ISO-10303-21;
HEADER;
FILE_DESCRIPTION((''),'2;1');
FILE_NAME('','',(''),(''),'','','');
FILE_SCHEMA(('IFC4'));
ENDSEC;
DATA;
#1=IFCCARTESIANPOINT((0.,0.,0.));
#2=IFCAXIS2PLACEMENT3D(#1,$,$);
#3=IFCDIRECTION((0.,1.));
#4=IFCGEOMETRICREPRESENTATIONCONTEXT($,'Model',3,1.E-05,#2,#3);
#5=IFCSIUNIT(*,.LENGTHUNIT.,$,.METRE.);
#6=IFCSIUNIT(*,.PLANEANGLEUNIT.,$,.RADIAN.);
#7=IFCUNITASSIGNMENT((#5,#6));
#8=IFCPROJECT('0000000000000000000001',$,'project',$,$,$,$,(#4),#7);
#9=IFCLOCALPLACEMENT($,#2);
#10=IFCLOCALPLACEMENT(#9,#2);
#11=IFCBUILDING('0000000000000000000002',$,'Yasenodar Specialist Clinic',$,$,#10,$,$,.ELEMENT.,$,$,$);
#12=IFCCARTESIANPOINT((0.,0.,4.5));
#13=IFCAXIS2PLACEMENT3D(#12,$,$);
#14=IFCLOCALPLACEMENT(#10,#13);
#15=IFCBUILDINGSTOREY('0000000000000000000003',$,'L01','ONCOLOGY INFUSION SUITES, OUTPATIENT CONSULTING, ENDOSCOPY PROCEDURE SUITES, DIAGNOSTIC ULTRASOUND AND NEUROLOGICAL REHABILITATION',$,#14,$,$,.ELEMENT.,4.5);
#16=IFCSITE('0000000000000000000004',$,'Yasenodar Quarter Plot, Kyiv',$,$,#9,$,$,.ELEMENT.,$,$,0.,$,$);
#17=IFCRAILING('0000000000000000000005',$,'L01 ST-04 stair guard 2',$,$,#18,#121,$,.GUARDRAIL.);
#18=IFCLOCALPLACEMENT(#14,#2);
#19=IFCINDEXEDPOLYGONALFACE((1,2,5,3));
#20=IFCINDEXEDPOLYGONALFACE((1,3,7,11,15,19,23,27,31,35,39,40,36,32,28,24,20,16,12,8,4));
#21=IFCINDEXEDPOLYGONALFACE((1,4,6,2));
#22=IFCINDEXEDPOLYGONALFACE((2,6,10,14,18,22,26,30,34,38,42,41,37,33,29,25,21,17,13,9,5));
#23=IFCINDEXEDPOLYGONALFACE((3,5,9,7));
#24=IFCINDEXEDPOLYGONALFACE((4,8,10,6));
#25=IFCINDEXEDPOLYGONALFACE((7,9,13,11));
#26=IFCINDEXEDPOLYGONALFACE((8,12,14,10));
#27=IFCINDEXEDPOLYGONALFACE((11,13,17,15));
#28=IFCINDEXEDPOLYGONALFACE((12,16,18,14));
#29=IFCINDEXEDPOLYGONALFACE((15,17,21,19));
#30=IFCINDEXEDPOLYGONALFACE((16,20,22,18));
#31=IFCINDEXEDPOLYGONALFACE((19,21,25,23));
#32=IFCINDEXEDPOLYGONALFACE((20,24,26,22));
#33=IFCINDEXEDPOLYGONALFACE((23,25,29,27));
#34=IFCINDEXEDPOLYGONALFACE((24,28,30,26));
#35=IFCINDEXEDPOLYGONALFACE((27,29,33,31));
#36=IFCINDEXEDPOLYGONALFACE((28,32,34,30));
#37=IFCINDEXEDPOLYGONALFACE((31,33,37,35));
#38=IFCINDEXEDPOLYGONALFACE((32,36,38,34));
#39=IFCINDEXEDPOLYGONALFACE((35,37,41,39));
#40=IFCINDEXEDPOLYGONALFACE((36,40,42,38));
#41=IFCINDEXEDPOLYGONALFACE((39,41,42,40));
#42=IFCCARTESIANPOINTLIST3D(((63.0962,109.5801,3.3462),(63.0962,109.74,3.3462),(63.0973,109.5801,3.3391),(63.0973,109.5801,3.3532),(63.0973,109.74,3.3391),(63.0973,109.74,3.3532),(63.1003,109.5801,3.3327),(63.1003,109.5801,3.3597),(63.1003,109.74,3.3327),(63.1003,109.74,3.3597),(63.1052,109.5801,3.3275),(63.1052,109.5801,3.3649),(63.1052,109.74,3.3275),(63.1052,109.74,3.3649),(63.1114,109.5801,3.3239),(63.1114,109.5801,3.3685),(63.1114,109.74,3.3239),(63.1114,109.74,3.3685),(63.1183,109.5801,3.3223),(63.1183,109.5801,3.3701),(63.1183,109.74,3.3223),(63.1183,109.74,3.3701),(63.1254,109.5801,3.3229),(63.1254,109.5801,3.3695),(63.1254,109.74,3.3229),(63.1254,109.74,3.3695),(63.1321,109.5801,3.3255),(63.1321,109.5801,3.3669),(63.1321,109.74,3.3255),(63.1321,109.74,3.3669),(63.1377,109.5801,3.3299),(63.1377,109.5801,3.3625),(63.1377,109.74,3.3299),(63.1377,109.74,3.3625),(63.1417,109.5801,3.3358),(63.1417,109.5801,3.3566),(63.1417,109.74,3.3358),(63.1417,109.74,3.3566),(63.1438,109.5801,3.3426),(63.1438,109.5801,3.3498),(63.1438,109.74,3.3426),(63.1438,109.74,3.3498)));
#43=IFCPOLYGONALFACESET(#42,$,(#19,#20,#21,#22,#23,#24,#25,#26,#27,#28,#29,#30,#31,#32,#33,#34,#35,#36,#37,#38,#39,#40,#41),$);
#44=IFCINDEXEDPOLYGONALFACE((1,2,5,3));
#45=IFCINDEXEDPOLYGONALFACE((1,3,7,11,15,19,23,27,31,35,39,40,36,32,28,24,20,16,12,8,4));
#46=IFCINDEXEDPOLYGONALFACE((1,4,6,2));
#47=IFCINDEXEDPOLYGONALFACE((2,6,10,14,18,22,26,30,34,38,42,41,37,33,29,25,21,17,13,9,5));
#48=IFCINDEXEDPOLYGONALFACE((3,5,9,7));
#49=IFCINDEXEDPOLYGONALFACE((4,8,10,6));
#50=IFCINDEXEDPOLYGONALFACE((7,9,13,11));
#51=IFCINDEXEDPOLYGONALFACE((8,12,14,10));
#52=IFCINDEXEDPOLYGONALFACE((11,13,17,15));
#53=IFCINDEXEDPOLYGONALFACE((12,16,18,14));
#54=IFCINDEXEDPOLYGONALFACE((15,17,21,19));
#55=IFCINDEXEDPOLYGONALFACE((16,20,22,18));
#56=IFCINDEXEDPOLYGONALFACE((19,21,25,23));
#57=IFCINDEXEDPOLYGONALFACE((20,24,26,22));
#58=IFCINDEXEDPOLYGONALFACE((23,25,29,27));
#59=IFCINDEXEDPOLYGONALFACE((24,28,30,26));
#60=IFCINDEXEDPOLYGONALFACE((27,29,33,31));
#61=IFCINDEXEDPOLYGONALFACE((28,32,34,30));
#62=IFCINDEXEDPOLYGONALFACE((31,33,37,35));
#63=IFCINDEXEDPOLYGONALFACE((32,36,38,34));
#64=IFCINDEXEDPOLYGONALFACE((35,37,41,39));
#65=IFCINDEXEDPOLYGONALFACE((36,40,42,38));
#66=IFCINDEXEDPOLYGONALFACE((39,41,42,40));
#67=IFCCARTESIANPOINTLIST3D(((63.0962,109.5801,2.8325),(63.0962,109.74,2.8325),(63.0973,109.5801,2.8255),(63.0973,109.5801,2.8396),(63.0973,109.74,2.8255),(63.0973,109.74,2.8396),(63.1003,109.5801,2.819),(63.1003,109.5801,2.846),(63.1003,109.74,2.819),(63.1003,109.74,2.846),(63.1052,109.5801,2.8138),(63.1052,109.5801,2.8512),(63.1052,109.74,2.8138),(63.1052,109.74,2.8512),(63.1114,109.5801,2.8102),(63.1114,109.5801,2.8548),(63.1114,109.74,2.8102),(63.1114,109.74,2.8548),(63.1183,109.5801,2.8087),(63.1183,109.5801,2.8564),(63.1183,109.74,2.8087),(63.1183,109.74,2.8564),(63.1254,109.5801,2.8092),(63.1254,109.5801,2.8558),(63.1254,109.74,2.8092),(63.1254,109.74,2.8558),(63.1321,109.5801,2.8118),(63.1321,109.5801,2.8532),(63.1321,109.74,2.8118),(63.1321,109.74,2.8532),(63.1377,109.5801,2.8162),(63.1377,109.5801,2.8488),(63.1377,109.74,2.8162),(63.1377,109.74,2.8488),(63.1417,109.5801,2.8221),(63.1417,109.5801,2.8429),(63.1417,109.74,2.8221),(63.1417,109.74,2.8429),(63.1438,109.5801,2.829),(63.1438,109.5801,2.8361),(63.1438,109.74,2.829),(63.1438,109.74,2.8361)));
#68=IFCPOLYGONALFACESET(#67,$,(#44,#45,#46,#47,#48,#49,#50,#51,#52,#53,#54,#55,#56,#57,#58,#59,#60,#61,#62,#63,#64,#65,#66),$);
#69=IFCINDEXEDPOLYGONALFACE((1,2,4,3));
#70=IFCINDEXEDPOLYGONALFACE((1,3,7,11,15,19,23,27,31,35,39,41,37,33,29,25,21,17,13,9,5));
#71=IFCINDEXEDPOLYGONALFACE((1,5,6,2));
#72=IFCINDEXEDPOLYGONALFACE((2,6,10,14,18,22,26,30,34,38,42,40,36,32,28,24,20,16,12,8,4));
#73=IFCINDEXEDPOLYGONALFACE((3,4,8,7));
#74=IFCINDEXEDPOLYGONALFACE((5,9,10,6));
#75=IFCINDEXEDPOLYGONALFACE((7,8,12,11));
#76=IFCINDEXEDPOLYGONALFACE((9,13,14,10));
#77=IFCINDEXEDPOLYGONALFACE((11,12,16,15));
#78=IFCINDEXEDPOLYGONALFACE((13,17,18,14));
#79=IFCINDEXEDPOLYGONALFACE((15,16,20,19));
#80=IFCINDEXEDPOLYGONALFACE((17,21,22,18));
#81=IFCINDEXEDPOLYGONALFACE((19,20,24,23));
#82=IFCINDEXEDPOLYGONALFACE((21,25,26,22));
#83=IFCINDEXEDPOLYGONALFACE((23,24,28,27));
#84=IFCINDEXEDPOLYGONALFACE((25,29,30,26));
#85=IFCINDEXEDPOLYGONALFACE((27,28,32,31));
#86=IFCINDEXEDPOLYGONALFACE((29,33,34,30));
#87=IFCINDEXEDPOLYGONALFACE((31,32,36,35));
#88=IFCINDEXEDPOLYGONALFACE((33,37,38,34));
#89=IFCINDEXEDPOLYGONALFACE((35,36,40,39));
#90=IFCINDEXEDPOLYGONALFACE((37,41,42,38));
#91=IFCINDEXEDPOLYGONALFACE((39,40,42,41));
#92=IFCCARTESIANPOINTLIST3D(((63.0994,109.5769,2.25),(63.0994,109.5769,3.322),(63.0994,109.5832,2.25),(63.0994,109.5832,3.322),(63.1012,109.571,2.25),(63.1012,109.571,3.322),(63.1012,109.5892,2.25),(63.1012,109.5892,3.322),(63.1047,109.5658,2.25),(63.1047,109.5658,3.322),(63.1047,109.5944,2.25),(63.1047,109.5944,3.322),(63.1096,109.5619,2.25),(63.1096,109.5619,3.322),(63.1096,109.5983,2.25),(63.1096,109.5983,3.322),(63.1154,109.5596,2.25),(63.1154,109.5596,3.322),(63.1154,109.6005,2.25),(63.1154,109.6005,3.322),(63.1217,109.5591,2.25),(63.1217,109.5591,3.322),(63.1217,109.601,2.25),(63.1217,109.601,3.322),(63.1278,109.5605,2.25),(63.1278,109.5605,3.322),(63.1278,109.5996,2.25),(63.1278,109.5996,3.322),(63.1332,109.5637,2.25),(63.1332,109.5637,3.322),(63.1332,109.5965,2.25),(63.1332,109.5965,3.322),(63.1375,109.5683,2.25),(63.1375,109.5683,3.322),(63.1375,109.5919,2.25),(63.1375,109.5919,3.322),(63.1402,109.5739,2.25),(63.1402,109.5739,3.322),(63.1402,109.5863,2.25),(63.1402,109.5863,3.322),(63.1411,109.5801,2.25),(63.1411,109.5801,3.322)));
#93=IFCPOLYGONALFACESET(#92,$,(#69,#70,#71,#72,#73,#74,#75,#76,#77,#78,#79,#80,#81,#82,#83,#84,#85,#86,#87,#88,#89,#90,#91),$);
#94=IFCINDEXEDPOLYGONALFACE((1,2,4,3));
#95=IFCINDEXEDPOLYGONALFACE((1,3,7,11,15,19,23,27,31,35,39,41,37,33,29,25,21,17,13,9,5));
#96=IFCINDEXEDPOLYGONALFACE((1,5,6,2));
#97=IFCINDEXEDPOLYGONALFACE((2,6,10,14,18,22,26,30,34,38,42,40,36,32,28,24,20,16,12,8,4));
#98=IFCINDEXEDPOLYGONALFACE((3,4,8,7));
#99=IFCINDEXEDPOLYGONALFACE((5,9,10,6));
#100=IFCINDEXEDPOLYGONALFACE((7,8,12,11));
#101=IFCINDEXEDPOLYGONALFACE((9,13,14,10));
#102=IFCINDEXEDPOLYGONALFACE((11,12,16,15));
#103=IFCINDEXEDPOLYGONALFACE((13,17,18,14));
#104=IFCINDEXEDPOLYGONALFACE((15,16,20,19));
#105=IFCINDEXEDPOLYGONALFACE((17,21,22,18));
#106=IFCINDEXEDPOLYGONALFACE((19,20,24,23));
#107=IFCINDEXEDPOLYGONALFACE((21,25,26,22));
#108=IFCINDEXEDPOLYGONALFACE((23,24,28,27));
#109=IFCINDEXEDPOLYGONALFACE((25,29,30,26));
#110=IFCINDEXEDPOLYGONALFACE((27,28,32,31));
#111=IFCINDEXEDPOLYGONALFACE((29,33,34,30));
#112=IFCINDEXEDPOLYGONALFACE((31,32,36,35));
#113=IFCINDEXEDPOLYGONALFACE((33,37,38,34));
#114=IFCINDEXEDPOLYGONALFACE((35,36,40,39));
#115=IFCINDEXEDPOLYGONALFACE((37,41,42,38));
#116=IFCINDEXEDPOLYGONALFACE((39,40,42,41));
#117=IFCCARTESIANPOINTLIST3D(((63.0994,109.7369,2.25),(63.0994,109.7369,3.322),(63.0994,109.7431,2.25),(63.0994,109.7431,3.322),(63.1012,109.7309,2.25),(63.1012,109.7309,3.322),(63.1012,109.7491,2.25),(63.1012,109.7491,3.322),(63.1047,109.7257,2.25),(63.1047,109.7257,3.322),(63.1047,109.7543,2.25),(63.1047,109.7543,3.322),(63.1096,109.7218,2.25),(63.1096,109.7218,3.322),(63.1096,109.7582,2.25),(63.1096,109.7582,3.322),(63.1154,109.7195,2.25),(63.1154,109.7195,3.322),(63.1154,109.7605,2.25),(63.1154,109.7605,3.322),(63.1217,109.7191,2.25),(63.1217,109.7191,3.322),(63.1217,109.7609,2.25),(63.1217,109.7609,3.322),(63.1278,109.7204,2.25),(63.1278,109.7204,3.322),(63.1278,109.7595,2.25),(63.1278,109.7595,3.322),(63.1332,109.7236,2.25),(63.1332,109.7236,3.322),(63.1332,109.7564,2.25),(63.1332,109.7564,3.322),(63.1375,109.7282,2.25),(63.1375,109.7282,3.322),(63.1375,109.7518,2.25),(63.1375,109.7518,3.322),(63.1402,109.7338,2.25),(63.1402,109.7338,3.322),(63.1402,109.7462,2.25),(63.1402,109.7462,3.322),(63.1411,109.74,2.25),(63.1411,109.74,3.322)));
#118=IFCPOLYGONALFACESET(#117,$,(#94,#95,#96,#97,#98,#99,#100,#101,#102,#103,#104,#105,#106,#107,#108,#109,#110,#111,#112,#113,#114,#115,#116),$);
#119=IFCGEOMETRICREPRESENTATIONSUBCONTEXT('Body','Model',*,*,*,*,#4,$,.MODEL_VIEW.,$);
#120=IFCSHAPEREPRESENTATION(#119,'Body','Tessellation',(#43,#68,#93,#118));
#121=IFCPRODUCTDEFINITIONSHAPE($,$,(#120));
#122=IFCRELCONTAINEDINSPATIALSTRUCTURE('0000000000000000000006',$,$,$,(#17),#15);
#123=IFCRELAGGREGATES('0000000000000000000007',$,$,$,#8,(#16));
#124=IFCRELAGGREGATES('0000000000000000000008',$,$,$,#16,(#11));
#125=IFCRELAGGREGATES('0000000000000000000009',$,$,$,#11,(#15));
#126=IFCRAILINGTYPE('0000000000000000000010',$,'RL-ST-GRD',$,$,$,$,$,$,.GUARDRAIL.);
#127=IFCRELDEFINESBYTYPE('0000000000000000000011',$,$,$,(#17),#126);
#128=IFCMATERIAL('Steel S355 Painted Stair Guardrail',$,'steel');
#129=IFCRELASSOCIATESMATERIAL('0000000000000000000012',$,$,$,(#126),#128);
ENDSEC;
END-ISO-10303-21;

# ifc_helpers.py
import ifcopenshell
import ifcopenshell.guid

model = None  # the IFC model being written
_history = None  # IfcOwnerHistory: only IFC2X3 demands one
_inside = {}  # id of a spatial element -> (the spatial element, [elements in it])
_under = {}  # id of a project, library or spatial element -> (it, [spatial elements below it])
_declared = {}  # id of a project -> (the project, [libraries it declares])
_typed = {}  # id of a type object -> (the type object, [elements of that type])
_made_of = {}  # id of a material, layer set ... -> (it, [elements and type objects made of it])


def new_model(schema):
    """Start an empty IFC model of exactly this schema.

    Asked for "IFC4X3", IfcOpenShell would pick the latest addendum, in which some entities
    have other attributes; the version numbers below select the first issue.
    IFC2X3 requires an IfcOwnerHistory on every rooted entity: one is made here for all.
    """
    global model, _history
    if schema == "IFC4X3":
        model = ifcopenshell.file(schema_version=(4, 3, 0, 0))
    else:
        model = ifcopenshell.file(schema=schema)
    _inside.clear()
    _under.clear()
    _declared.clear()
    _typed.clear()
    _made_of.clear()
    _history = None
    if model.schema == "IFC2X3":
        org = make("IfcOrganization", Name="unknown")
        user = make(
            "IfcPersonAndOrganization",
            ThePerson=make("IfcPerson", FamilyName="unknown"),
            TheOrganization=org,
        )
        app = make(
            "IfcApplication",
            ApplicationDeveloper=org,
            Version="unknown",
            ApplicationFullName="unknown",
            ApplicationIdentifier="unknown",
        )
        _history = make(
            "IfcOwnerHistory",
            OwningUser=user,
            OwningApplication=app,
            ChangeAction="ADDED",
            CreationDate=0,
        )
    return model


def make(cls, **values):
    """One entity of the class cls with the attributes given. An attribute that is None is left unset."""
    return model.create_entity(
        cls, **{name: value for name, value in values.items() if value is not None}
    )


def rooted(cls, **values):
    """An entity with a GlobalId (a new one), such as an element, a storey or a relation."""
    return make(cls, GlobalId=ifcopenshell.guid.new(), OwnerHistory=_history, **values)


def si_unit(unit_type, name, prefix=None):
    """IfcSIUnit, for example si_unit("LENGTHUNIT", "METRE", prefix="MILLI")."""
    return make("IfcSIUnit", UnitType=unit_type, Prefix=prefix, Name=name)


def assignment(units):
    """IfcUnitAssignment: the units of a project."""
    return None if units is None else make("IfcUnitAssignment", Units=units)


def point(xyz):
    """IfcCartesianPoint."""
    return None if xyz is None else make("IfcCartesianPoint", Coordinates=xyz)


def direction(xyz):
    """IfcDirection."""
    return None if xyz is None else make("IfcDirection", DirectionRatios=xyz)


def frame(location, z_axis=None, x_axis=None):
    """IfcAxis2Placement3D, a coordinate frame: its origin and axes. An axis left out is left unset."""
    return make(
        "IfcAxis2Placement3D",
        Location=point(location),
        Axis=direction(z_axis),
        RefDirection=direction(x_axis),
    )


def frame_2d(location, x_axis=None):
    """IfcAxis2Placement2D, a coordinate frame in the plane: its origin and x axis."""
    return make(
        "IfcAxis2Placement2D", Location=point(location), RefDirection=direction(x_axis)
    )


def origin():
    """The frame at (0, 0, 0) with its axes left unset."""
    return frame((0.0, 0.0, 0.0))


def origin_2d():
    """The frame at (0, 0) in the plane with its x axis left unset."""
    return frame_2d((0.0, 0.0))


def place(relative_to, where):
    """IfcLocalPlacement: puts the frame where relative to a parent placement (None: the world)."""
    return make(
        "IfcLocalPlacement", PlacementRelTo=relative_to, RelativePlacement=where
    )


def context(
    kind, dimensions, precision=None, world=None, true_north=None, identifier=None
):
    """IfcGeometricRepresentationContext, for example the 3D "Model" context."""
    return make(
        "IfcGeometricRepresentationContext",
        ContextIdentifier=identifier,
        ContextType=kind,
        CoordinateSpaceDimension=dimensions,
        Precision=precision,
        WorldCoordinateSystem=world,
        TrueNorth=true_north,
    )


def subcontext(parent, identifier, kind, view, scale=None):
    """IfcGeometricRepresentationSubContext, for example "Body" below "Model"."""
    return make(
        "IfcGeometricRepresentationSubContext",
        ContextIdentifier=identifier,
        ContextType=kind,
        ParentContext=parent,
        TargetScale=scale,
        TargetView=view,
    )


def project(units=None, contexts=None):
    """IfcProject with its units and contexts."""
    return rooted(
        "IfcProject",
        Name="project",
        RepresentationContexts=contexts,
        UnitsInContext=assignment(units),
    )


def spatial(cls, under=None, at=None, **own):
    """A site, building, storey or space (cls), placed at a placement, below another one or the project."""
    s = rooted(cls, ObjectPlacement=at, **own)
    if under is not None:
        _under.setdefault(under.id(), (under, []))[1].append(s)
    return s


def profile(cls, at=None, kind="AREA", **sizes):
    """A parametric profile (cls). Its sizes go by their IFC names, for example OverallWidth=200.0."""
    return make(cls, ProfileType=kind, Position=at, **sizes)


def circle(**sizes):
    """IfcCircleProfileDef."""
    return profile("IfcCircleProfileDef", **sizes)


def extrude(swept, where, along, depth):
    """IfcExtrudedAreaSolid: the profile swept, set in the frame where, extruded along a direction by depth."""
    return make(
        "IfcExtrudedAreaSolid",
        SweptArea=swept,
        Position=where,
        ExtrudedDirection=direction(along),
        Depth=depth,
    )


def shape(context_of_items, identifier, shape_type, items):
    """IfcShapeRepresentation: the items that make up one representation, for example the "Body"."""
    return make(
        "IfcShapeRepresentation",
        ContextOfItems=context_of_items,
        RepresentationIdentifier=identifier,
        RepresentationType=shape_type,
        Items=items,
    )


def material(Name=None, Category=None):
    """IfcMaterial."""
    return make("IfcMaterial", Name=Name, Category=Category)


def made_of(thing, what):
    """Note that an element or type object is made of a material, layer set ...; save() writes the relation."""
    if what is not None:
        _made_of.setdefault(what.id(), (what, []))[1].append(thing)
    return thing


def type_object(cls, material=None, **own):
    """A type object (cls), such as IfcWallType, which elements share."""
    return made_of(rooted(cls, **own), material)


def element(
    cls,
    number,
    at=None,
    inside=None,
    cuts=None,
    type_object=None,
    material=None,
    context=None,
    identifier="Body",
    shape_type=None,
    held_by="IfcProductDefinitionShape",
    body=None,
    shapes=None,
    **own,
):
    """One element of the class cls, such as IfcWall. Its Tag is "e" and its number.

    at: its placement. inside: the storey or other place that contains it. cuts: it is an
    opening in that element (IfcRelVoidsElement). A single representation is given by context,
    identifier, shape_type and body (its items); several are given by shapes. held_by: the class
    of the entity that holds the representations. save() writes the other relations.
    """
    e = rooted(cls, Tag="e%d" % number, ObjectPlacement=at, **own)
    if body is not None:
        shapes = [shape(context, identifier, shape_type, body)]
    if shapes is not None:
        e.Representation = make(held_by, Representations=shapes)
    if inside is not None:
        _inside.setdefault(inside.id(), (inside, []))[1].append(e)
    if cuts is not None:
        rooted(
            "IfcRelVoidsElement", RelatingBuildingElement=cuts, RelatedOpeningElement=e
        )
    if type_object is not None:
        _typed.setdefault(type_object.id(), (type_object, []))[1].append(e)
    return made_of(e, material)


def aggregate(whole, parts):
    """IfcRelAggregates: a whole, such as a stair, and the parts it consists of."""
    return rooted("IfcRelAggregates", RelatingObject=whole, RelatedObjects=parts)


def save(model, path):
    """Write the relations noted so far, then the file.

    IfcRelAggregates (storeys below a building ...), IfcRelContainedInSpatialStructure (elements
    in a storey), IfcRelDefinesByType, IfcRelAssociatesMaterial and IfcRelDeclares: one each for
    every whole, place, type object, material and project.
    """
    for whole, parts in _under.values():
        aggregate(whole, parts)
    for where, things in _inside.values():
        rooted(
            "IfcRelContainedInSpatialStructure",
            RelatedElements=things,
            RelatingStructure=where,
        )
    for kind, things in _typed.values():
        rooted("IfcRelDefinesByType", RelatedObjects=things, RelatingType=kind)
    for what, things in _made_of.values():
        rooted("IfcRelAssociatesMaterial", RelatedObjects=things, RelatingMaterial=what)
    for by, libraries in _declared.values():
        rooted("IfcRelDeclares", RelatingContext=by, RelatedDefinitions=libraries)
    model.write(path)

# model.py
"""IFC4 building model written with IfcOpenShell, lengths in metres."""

from ifc_helpers import new_model, si_unit, direction, frame, origin, origin_2d, place, context, subcontext, project, spatial, circle, extrude, material, type_object, element, save


model = new_model("IFC4")

# Units and contexts
model_context = context("Model", 3, precision=1e-05, world=origin(), true_north=direction((0.0, 1.0)))
body_context = subcontext(model_context, "Body", "Model", "MODEL_VIEW")
ifc_project = project(units=[si_unit("LENGTHUNIT", "METRE"), si_unit("PLANEANGLEUNIT", "RADIAN")], contexts=[model_context])

# Site, building, storey
site_placement = place(None, origin())
site = spatial("IfcSite", under=ifc_project, at=site_placement, Name="Yasenodar Quarter Plot, Kyiv", CompositionType="ELEMENT", RefElevation=0.0)
building_placement = place(site_placement, origin())
building = spatial("IfcBuilding", under=site, at=building_placement, Name="Yasenodar Specialist Clinic", CompositionType="ELEMENT")
storey_placement = place(building_placement, frame((0.0, 0.0, 4.5)))
storey = spatial("IfcBuildingStorey", under=building, at=storey_placement, Name="L01", Description="ONCOLOGY INFUSION SUITES, OUTPATIENT CONSULTING, ENDOSCOPY PROCEDURE SUITES, DIAGNOSTIC ULTRASOUND AND NEUROLOGICAL REHABILITATION", CompositionType="ELEMENT", Elevation=4.5)

# Railing
ifc_material_1 = material(Name="Steel S355 Painted Stair Guardrail", Category="steel")
railing_type_1 = type_object("IfcRailingType", Name="RL-ST-GRD", PredefinedType="GUARDRAIL", material=ifc_material_1)
railing_1_placement = place(storey_placement, frame((63.1201, 109.5801, 2.25)))
element("IfcRailing", 1, at=railing_1_placement, inside=storey, type_object=railing_type_1, Name="L01 ST-04 stair guard 2", PredefinedType="GUARDRAIL", context=body_context, shape_type="SweptSolid", body=[
    extrude(circle(Radius=0.0239, at=origin_2d()), frame((0.0, 0.0, 1.0962), z_axis=(0.0, 1.0, 0.0), x_axis=(-1.0, 0.0, 0.0)), (0.0, 0.0, 1.0), 0.1599),
    extrude(circle(Radius=0.0239, at=origin_2d()), frame((0.0, 0.0, 0.5825), z_axis=(0.0, 1.0, 0.0), x_axis=(-1.0, 0.0, 0.0)), (0.0, 0.0, 1.0), 0.1599),
    extrude(circle(Radius=0.021, at=origin_2d()), origin(), (0.0, 0.0, 1.0), 1.072),
    extrude(circle(Radius=0.021, at=origin_2d()), frame((0.0, 0.1599, 0.0)), (0.0, 0.0, 1.0), 1.072),
])

save(model, "model.ifc")
